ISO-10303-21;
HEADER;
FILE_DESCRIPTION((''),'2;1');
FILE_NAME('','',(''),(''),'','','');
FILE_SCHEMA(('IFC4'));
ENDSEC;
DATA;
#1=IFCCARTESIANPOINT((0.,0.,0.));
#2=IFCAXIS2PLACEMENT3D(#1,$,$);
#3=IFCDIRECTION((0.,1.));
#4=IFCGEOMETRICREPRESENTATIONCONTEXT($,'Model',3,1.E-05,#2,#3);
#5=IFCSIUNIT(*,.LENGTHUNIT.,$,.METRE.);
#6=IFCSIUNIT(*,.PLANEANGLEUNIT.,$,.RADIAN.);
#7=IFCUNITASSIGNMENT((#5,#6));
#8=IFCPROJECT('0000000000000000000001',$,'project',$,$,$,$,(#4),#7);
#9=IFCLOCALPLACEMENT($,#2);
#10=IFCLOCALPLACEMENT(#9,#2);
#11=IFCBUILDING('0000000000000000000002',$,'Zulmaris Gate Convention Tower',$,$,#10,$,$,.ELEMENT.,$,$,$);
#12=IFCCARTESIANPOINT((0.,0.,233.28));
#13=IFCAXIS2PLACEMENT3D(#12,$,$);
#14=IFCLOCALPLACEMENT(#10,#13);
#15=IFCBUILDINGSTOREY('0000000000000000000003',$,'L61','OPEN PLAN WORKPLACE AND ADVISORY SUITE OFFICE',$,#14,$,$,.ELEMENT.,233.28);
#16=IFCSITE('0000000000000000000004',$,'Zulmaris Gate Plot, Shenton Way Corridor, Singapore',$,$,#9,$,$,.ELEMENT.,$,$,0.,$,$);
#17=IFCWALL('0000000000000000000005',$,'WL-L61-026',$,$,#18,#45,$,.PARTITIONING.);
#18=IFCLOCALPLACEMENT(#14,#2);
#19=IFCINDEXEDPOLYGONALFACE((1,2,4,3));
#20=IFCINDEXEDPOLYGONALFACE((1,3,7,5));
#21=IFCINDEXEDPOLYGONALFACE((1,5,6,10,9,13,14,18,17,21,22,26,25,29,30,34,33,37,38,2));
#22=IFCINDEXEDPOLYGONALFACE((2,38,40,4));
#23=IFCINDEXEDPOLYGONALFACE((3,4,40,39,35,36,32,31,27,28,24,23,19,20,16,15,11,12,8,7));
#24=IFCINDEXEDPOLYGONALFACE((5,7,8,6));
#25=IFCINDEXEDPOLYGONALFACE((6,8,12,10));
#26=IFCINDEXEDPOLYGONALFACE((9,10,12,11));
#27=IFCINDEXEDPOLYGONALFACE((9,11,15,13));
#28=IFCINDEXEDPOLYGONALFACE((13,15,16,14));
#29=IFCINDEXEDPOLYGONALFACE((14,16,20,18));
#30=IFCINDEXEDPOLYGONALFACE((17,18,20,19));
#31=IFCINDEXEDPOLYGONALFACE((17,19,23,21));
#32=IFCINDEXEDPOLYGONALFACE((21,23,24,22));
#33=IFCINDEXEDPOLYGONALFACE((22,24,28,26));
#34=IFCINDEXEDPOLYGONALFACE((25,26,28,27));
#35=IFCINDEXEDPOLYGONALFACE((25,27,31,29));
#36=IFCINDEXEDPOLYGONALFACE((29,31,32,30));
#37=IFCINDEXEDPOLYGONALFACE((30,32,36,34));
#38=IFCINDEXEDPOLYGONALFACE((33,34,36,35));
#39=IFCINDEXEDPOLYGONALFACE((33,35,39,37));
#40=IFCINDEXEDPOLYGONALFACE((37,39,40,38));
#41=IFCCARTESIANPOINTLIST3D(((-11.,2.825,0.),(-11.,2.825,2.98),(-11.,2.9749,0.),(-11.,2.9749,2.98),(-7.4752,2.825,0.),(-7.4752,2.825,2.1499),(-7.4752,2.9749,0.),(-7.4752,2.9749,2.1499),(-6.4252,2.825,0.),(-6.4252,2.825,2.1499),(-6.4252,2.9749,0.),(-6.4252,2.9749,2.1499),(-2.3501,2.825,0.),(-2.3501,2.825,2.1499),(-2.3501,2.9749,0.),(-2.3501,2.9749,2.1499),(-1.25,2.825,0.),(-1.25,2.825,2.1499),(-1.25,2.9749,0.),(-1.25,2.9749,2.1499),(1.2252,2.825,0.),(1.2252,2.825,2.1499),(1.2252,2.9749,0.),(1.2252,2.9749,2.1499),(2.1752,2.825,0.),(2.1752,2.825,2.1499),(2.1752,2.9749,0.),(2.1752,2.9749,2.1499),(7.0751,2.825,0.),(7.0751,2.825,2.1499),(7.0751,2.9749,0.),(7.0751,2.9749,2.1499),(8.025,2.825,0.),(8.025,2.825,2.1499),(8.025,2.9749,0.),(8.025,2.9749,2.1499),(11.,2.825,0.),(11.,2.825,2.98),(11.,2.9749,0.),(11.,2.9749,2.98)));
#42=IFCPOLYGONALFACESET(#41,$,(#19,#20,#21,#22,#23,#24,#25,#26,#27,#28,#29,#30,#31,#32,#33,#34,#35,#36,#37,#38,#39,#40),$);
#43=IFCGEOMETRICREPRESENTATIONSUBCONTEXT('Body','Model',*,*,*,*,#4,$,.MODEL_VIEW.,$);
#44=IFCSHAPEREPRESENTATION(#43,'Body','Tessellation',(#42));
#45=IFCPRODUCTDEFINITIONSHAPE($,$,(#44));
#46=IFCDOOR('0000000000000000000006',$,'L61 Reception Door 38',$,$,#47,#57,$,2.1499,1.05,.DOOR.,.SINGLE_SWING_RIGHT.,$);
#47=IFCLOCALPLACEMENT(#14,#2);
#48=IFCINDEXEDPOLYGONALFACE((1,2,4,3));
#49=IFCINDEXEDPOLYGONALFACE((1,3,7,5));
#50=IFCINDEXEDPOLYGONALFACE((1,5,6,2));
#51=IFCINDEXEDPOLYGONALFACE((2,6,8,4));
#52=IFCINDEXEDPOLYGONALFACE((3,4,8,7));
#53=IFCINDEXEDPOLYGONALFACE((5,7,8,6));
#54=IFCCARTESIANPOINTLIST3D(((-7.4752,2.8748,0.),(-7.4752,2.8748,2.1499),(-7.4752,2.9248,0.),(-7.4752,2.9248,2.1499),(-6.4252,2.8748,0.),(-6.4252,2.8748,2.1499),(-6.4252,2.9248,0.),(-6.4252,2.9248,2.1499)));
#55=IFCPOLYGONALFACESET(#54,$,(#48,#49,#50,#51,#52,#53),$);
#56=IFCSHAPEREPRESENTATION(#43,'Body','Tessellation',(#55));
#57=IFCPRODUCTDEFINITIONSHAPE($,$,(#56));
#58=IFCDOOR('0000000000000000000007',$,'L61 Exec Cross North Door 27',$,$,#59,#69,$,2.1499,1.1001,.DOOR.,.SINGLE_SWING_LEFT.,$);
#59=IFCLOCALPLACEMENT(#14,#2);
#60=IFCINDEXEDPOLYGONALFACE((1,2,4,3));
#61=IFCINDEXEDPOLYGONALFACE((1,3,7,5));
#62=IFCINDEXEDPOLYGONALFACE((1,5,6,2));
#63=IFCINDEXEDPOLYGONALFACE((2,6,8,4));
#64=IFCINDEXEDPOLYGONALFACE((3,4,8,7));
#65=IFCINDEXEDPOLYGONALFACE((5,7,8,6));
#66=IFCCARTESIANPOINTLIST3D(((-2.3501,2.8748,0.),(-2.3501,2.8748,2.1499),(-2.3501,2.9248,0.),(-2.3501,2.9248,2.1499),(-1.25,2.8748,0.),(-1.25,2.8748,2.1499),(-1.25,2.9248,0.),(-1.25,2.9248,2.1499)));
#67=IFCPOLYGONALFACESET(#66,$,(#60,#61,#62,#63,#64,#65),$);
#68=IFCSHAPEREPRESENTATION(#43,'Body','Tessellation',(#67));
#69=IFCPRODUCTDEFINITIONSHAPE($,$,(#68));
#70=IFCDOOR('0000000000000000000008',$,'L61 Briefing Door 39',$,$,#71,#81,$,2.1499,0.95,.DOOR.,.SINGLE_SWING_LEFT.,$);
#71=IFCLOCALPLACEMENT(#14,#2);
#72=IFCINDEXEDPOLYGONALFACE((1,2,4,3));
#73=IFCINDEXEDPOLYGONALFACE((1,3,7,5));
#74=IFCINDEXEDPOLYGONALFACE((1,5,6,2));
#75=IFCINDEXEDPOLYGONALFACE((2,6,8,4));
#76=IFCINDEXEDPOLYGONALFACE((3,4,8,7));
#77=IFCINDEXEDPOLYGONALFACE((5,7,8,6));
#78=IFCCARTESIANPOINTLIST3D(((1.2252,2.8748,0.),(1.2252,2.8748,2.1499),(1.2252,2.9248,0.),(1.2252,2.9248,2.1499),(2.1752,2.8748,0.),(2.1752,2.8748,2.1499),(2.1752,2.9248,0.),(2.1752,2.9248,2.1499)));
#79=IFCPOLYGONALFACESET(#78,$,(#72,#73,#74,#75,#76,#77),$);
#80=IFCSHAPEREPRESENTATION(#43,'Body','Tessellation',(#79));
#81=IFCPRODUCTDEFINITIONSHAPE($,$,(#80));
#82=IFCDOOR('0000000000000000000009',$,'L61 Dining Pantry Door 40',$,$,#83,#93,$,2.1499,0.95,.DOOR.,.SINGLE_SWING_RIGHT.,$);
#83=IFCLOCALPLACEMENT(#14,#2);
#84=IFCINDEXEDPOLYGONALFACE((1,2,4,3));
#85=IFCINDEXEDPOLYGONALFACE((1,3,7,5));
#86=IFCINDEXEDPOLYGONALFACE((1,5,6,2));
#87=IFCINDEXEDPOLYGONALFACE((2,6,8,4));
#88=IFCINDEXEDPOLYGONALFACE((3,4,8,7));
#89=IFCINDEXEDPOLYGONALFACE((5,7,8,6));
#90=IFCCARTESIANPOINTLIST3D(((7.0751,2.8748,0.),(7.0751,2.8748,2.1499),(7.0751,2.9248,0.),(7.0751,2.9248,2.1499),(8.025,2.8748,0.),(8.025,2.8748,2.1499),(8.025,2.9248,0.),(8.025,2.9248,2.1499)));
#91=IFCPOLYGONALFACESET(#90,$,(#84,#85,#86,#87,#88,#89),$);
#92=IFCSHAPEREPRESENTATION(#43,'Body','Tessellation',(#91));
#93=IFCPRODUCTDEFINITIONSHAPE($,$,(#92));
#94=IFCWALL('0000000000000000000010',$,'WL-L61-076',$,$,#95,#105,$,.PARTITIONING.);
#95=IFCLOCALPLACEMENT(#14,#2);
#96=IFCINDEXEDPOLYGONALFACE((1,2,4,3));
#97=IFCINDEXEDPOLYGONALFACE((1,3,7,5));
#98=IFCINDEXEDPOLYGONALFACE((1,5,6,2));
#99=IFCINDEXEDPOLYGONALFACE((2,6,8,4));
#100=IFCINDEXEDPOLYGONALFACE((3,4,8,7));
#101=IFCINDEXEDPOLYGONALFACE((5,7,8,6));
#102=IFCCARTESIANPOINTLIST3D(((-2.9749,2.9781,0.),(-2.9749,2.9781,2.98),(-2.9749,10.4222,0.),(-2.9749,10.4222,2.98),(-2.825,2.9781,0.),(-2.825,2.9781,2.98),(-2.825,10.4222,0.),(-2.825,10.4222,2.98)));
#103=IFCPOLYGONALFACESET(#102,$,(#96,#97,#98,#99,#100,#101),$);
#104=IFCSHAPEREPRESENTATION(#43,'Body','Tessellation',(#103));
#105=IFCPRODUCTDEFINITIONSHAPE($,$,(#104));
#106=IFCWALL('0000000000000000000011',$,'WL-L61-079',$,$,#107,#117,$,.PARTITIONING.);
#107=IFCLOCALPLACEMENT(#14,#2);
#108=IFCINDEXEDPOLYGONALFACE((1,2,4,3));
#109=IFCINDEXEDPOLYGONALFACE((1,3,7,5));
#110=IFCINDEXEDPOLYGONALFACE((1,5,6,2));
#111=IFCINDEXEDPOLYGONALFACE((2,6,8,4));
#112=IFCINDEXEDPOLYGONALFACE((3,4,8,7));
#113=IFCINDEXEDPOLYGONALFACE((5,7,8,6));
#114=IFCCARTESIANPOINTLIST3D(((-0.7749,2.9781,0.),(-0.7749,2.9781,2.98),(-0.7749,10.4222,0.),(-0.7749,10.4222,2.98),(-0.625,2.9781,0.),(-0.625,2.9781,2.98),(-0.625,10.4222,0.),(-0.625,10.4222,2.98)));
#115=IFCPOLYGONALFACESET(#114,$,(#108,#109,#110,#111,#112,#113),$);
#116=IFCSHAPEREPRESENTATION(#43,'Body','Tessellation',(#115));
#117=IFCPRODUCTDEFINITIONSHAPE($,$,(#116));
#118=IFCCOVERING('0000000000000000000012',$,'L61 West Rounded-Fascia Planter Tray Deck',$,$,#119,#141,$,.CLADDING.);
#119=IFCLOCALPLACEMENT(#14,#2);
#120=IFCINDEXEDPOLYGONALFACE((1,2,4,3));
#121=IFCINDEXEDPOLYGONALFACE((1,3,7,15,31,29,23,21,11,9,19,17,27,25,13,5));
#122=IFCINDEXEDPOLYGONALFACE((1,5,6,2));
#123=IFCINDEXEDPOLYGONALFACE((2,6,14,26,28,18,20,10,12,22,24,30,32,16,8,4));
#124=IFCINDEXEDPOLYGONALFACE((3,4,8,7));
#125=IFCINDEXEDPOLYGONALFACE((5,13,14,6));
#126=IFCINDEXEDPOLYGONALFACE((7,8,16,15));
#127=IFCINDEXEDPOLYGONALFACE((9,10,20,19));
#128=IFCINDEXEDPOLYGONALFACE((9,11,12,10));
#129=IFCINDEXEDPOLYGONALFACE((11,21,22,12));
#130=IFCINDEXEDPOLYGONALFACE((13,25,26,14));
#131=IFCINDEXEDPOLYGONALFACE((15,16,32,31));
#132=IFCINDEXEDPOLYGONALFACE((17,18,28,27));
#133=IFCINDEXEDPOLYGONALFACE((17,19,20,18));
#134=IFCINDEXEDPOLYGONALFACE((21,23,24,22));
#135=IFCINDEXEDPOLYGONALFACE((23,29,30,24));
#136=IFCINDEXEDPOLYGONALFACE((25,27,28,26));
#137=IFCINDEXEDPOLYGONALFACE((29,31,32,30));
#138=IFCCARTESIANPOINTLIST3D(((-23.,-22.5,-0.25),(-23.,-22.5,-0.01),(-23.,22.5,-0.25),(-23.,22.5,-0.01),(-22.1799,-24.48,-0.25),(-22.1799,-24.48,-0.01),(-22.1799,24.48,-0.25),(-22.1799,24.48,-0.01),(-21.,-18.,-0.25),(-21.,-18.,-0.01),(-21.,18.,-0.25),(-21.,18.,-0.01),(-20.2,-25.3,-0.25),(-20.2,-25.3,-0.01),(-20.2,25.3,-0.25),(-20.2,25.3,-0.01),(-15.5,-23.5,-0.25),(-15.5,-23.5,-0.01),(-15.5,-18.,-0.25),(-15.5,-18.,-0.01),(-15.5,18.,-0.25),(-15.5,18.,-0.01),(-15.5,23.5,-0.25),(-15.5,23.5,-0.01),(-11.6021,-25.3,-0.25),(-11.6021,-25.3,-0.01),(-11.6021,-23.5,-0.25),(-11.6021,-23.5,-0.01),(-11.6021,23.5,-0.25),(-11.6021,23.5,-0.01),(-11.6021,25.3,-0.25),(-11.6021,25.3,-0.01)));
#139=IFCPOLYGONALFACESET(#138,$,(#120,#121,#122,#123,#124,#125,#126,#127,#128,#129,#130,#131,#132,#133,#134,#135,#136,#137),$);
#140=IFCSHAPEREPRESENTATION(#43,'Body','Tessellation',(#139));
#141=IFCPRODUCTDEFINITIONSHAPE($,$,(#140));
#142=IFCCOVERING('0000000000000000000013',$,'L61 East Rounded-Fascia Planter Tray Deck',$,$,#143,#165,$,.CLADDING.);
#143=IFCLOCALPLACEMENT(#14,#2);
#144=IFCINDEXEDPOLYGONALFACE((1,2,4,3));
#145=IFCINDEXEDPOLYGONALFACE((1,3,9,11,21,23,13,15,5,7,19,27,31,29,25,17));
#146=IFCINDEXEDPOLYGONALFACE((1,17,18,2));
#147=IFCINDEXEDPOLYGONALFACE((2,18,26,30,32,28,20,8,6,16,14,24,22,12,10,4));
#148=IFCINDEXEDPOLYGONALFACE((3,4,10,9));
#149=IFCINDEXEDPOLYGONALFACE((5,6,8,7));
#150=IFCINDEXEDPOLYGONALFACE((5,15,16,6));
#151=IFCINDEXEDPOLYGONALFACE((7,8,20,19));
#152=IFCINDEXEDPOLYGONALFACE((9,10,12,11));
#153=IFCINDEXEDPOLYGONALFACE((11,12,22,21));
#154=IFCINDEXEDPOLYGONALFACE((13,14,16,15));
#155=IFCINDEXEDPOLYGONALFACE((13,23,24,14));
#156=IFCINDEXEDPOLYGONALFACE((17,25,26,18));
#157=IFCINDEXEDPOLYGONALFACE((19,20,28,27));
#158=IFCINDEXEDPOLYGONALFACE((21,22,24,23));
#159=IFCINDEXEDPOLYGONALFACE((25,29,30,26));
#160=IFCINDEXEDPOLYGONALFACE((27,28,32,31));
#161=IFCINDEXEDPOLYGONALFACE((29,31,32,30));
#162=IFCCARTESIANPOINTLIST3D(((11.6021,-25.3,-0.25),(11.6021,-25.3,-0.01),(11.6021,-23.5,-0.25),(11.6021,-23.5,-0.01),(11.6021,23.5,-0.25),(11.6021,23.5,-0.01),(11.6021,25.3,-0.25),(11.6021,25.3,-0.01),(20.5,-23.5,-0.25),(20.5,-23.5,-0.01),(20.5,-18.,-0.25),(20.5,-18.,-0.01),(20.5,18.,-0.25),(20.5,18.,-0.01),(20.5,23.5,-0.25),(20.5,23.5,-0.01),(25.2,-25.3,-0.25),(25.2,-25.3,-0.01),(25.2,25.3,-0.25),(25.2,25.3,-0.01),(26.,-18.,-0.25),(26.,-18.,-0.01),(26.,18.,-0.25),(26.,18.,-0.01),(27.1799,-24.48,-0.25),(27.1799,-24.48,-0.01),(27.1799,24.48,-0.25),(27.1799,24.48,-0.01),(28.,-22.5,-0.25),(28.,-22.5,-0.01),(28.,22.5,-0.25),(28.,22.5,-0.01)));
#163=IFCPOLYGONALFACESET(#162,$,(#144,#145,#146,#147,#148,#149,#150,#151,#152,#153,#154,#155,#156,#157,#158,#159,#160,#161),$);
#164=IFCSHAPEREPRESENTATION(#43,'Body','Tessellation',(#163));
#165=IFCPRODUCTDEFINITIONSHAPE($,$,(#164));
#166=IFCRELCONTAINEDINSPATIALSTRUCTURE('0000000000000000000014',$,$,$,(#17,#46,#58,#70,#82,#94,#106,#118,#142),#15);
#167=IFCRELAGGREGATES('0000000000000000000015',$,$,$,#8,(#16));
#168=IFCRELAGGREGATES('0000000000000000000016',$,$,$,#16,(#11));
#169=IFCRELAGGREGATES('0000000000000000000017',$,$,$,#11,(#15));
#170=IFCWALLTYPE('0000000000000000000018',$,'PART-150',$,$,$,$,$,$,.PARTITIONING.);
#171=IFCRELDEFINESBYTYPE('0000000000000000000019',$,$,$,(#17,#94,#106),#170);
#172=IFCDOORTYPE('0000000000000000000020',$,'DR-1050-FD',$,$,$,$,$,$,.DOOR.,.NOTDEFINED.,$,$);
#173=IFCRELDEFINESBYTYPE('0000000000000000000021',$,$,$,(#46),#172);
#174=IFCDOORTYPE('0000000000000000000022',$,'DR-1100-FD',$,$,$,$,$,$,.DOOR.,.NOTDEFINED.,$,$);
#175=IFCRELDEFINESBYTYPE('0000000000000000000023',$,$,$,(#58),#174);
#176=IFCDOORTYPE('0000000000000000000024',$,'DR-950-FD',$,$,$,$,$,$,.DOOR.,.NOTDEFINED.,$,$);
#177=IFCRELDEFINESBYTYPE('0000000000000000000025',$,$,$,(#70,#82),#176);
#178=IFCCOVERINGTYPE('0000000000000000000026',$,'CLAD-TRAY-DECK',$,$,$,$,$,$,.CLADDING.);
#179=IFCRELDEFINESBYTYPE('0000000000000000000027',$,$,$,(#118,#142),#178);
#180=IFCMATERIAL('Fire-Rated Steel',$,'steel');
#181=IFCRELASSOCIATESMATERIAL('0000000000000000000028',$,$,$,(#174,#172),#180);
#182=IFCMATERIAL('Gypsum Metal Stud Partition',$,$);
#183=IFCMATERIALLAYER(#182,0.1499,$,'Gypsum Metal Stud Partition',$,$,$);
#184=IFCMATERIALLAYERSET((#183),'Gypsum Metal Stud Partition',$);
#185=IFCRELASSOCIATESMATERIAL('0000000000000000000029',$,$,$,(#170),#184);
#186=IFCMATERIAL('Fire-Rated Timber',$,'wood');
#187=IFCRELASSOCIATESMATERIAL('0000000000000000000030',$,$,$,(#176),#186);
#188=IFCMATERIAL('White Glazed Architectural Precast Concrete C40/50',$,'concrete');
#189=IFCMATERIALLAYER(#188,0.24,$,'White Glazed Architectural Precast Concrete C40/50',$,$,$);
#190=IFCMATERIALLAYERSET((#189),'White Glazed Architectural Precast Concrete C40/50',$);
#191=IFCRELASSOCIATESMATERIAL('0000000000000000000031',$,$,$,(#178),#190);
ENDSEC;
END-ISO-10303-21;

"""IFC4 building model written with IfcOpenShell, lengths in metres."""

from ifc_helpers import new_model, si_unit, direction, frame, frame_2d, origin, place, context, subcontext, project, spatial, polyline, rectangle, outline, extrude, material, layer, layer_set, type_object, element, fill, save


model = new_model("IFC4")

# Units and contexts
model_context = context("Model", 3, precision=1e-05, world=origin(), true_north=direction((0.0, 1.0)))
body_context = subcontext(model_context, "Body", "Model", "MODEL_VIEW")
ifc_project = project(units=[si_unit("LENGTHUNIT", "METRE"), si_unit("PLANEANGLEUNIT", "RADIAN")], contexts=[model_context])

# Site, building, storey
site_placement = place(None, origin())
site = spatial("IfcSite", under=ifc_project, at=site_placement, Name="Zulmaris Gate Plot, Shenton Way Corridor, Singapore", CompositionType="ELEMENT", RefElevation=0.0)
building_placement = place(site_placement, origin())
building = spatial("IfcBuilding", under=site, at=building_placement, Name="Zulmaris Gate Convention Tower", CompositionType="ELEMENT")
storey_placement = place(building_placement, frame((0.0, 0.0, 233.28)))
storey = spatial("IfcBuildingStorey", under=building, at=storey_placement, Name="L61", Description="OPEN PLAN WORKPLACE AND ADVISORY SUITE OFFICE", CompositionType="ELEMENT", Elevation=233.28)

# Shared definitions
ifc_material_1 = material(Name="Fire-Rated Steel", Category="steel")
door_type_1 = type_object("IfcDoorType", Name="DR-1100-FD", OperationType="NOTDEFINED", PredefinedType="DOOR", material=ifc_material_1)

# Wall, openings, doors
ifc_material_2 = material(Name="Gypsum Metal Stud Partition")
ifc_layer_1 = layer(ifc_material_2, 0.1499, Name="Gypsum Metal Stud Partition")
ifc_layer_set_1 = layer_set([ifc_layer_1], Name="Gypsum Metal Stud Partition")
wall_type_1 = type_object("IfcWallType", Name="PART-150", PredefinedType="PARTITIONING", material=ifc_layer_set_1)
wall_1_placement = place(storey_placement, frame((-11.0, 2.8999, 0.0), z_axis=(0.0, 0.0, 1.0), x_axis=(1.0, 0.0, 0.0)))
wall_1 = element("IfcWall", 1, at=wall_1_placement, inside=storey, type_object=wall_type_1, Name="WL-L61-026", PredefinedType="PARTITIONING", context=body_context, shape_type="SweptSolid", body=[
    extrude(rectangle(XDim=22.0, YDim=0.1499, at=frame_2d((11.0, 0.0))), origin(), (0.0, 0.0, 1.0), 2.98),
])
opening_1_placement = place(wall_1_placement, frame((8.6499, 0.0, 0.0)))
opening_1 = element("IfcOpeningElement", 2, at=opening_1_placement, cuts=wall_1, PredefinedType="OPENING", context=body_context, shape_type="SweptSolid", body=[
    extrude(rectangle(XDim=1.1001, YDim=2.1499, at=frame_2d((0.55, 1.075))), frame((0.0, 0.085, 0.0), z_axis=(0.0, -1.0, 0.0), x_axis=(1.0, 0.0, 0.0)), (0.0, 0.0, 1.0), 0.1699),
])
opening_2_placement = place(wall_1_placement, frame((3.5249, 0.0, 0.0)))
opening_2 = element("IfcOpeningElement", 3, at=opening_2_placement, cuts=wall_1, PredefinedType="OPENING", context=body_context, shape_type="SweptSolid", body=[
    extrude(rectangle(XDim=1.05, YDim=2.1499, at=frame_2d((0.5249, 1.075))), frame((0.0, 0.085, 0.0), z_axis=(0.0, -1.0, 0.0), x_axis=(1.0, 0.0, 0.0)), (0.0, 0.0, 1.0), 0.1699),
])
opening_3_placement = place(wall_1_placement, frame((12.2251, 0.0, 0.0)))
opening_3 = element("IfcOpeningElement", 4, at=opening_3_placement, cuts=wall_1, PredefinedType="OPENING", context=body_context, shape_type="SweptSolid", body=[
    extrude(rectangle(XDim=0.95, YDim=2.1499, at=frame_2d((0.4751, 1.075))), frame((0.0, 0.085, 0.0), z_axis=(0.0, -1.0, 0.0), x_axis=(1.0, 0.0, 0.0)), (0.0, 0.0, 1.0), 0.1699),
])
opening_4_placement = place(wall_1_placement, frame((18.075, 0.0, 0.0)))
opening_4 = element("IfcOpeningElement", 5, at=opening_4_placement, cuts=wall_1, PredefinedType="OPENING", context=body_context, shape_type="SweptSolid", body=[
    extrude(rectangle(XDim=0.95, YDim=2.1499, at=frame_2d((0.4751, 1.075))), frame((0.0, 0.085, 0.0), z_axis=(0.0, -1.0, 0.0), x_axis=(1.0, 0.0, 0.0)), (0.0, 0.0, 1.0), 0.1699),
])
door_type_2 = type_object("IfcDoorType", Name="DR-1050-FD", OperationType="NOTDEFINED", PredefinedType="DOOR", material=ifc_material_1)
door_1_placement = place(opening_2_placement, origin())
door_1 = element("IfcDoor", 6, at=door_1_placement, inside=storey, type_object=door_type_2, Name="L61 Reception Door 38", OperationType="SINGLE_SWING_RIGHT", OverallHeight=2.1499, OverallWidth=1.05, PredefinedType="DOOR", context=body_context, shape_type="SweptSolid", body=[
    extrude(rectangle(XDim=1.05, YDim=2.1499, at=frame_2d((0.5249, 1.075))), frame((0.0, 0.0249, 0.0), z_axis=(0.0, -1.0, 0.0), x_axis=(1.0, 0.0, 0.0)), (0.0, 0.0, 1.0), 0.05),
])
fill(opening_2, door_1)
door_2_placement = place(opening_1_placement, origin())
door_2 = element("IfcDoor", 7, at=door_2_placement, inside=storey, type_object=door_type_1, Name="L61 Exec Cross North Door 27", OperationType="SINGLE_SWING_LEFT", OverallHeight=2.1499, OverallWidth=1.1001, PredefinedType="DOOR", context=body_context, shape_type="SweptSolid", body=[
    extrude(rectangle(XDim=1.1001, YDim=2.1499, at=frame_2d((0.55, 1.075))), frame((0.0, 0.0249, 0.0), z_axis=(0.0, -1.0, 0.0), x_axis=(1.0, 0.0, 0.0)), (0.0, 0.0, 1.0), 0.05),
])
fill(opening_1, door_2)
ifc_material_3 = material(Name="Fire-Rated Timber", Category="wood")
door_type_3 = type_object("IfcDoorType", Name="DR-950-FD", OperationType="NOTDEFINED", PredefinedType="DOOR", material=ifc_material_3)
door_3_placement = place(opening_3_placement, origin())
door_3 = element("IfcDoor", 8, at=door_3_placement, inside=storey, type_object=door_type_3, Name="L61 Briefing Door 39", OperationType="SINGLE_SWING_LEFT", OverallHeight=2.1499, OverallWidth=0.95, PredefinedType="DOOR", context=body_context, shape_type="SweptSolid", body=[
    extrude(rectangle(XDim=0.95, YDim=2.1499, at=frame_2d((0.4751, 1.075))), frame((0.0, 0.0249, 0.0), z_axis=(0.0, -1.0, 0.0), x_axis=(1.0, 0.0, 0.0)), (0.0, 0.0, 1.0), 0.05),
])
fill(opening_3, door_3)
door_4_placement = place(opening_4_placement, origin())
door_4 = element("IfcDoor", 9, at=door_4_placement, inside=storey, type_object=door_type_3, Name="L61 Dining Pantry Door 40", OperationType="SINGLE_SWING_RIGHT", OverallHeight=2.1499, OverallWidth=0.95, PredefinedType="DOOR", context=body_context, shape_type="SweptSolid", body=[
    extrude(rectangle(XDim=0.95, YDim=2.1499, at=frame_2d((0.4751, 1.075))), frame((0.0, 0.0249, 0.0), z_axis=(0.0, -1.0, 0.0), x_axis=(1.0, 0.0, 0.0)), (0.0, 0.0, 1.0), 0.05),
])
fill(opening_4, door_4)

# Walls
for number, where, z_axis, x_axis, name in (
    (10, (-2.8999, 2.978, 0.0), (0.0, 0.0, 1.0), (0.0, 1.0, 0.0), "WL-L61-076"),
    (11, (-0.7, 2.978, 0.0), (0.0, 0.0, 1.0), (0.0, 1.0, 0.0), "WL-L61-079"),
):
    element("IfcWall", number, at=place(storey_placement, frame(where, z_axis=z_axis, x_axis=x_axis)), inside=storey, type_object=wall_type_1, Name=name, PredefinedType="PARTITIONING", context=body_context, shape_type="SweptSolid", body=[
        extrude(rectangle(XDim=7.4441, YDim=0.1499, at=frame_2d((3.7222, 0.0))), origin(), (0.0, 0.0, 1.0), 2.98),
    ])

# Coverings
ifc_material_4 = material(Name="White Glazed Architectural Precast Concrete C40/50", Category="concrete")
ifc_layer_2 = layer(ifc_material_4, 0.24, Name="White Glazed Architectural Precast Concrete C40/50")
ifc_layer_set_2 = layer_set([ifc_layer_2], Name="White Glazed Architectural Precast Concrete C40/50")
covering_type_1 = type_object("IfcCoveringType", Name="CLAD-TRAY-DECK", PredefinedType="CLADDING", material=ifc_layer_set_2)
covering_1_placement = place(storey_placement, frame((0.0, 0.0, -0.25)))
element("IfcCovering", 12, at=covering_1_placement, inside=storey, type_object=covering_type_1, Name="L61 West Rounded-Fascia Planter Tray Deck", PredefinedType="CLADDING", context=body_context, shape_type="SweptSolid", body=[
    extrude(outline(polyline([(-23.0, 22.5), (-22.1799, 24.48), (-20.2, 25.3), (-11.6021, 25.3), (-11.6021, 23.5), (-15.5, 23.5), (-15.5, 18.0), (-21.0, 18.0), (-21.0, -18.0), (-15.5, -18.0), (-15.5, -23.5), (-11.6021, -23.5), (-11.6021, -25.3), (-20.2, -25.3), (-22.1799, -24.48), (-23.0, -22.5), (-23.0, 22.5)])), origin(), (0.0, 0.0, 1.0), 0.24),
])
covering_2_placement = place(storey_placement, frame((0.0, 0.0, -0.25)))
element("IfcCovering", 13, at=covering_2_placement, inside=storey, type_object=covering_type_1, Name="L61 East Rounded-Fascia Planter Tray Deck", PredefinedType="CLADDING", context=body_context, shape_type="SweptSolid", body=[
    extrude(outline(polyline([(25.2, 25.3), (27.1799, 24.48), (28.0, 22.5), (28.0, -22.5), (27.1799, -24.48), (25.2, -25.3), (11.6021, -25.3), (11.6021, -23.5), (20.5, -23.5), (20.5, -18.0), (26.0, -18.0), (26.0, 18.0), (20.5, 18.0), (20.5, 23.5), (11.6021, 23.5), (11.6021, 25.3), (25.2, 25.3)])), origin(), (0.0, 0.0, 1.0), 0.24),
])

save(model, "model.ifc")
